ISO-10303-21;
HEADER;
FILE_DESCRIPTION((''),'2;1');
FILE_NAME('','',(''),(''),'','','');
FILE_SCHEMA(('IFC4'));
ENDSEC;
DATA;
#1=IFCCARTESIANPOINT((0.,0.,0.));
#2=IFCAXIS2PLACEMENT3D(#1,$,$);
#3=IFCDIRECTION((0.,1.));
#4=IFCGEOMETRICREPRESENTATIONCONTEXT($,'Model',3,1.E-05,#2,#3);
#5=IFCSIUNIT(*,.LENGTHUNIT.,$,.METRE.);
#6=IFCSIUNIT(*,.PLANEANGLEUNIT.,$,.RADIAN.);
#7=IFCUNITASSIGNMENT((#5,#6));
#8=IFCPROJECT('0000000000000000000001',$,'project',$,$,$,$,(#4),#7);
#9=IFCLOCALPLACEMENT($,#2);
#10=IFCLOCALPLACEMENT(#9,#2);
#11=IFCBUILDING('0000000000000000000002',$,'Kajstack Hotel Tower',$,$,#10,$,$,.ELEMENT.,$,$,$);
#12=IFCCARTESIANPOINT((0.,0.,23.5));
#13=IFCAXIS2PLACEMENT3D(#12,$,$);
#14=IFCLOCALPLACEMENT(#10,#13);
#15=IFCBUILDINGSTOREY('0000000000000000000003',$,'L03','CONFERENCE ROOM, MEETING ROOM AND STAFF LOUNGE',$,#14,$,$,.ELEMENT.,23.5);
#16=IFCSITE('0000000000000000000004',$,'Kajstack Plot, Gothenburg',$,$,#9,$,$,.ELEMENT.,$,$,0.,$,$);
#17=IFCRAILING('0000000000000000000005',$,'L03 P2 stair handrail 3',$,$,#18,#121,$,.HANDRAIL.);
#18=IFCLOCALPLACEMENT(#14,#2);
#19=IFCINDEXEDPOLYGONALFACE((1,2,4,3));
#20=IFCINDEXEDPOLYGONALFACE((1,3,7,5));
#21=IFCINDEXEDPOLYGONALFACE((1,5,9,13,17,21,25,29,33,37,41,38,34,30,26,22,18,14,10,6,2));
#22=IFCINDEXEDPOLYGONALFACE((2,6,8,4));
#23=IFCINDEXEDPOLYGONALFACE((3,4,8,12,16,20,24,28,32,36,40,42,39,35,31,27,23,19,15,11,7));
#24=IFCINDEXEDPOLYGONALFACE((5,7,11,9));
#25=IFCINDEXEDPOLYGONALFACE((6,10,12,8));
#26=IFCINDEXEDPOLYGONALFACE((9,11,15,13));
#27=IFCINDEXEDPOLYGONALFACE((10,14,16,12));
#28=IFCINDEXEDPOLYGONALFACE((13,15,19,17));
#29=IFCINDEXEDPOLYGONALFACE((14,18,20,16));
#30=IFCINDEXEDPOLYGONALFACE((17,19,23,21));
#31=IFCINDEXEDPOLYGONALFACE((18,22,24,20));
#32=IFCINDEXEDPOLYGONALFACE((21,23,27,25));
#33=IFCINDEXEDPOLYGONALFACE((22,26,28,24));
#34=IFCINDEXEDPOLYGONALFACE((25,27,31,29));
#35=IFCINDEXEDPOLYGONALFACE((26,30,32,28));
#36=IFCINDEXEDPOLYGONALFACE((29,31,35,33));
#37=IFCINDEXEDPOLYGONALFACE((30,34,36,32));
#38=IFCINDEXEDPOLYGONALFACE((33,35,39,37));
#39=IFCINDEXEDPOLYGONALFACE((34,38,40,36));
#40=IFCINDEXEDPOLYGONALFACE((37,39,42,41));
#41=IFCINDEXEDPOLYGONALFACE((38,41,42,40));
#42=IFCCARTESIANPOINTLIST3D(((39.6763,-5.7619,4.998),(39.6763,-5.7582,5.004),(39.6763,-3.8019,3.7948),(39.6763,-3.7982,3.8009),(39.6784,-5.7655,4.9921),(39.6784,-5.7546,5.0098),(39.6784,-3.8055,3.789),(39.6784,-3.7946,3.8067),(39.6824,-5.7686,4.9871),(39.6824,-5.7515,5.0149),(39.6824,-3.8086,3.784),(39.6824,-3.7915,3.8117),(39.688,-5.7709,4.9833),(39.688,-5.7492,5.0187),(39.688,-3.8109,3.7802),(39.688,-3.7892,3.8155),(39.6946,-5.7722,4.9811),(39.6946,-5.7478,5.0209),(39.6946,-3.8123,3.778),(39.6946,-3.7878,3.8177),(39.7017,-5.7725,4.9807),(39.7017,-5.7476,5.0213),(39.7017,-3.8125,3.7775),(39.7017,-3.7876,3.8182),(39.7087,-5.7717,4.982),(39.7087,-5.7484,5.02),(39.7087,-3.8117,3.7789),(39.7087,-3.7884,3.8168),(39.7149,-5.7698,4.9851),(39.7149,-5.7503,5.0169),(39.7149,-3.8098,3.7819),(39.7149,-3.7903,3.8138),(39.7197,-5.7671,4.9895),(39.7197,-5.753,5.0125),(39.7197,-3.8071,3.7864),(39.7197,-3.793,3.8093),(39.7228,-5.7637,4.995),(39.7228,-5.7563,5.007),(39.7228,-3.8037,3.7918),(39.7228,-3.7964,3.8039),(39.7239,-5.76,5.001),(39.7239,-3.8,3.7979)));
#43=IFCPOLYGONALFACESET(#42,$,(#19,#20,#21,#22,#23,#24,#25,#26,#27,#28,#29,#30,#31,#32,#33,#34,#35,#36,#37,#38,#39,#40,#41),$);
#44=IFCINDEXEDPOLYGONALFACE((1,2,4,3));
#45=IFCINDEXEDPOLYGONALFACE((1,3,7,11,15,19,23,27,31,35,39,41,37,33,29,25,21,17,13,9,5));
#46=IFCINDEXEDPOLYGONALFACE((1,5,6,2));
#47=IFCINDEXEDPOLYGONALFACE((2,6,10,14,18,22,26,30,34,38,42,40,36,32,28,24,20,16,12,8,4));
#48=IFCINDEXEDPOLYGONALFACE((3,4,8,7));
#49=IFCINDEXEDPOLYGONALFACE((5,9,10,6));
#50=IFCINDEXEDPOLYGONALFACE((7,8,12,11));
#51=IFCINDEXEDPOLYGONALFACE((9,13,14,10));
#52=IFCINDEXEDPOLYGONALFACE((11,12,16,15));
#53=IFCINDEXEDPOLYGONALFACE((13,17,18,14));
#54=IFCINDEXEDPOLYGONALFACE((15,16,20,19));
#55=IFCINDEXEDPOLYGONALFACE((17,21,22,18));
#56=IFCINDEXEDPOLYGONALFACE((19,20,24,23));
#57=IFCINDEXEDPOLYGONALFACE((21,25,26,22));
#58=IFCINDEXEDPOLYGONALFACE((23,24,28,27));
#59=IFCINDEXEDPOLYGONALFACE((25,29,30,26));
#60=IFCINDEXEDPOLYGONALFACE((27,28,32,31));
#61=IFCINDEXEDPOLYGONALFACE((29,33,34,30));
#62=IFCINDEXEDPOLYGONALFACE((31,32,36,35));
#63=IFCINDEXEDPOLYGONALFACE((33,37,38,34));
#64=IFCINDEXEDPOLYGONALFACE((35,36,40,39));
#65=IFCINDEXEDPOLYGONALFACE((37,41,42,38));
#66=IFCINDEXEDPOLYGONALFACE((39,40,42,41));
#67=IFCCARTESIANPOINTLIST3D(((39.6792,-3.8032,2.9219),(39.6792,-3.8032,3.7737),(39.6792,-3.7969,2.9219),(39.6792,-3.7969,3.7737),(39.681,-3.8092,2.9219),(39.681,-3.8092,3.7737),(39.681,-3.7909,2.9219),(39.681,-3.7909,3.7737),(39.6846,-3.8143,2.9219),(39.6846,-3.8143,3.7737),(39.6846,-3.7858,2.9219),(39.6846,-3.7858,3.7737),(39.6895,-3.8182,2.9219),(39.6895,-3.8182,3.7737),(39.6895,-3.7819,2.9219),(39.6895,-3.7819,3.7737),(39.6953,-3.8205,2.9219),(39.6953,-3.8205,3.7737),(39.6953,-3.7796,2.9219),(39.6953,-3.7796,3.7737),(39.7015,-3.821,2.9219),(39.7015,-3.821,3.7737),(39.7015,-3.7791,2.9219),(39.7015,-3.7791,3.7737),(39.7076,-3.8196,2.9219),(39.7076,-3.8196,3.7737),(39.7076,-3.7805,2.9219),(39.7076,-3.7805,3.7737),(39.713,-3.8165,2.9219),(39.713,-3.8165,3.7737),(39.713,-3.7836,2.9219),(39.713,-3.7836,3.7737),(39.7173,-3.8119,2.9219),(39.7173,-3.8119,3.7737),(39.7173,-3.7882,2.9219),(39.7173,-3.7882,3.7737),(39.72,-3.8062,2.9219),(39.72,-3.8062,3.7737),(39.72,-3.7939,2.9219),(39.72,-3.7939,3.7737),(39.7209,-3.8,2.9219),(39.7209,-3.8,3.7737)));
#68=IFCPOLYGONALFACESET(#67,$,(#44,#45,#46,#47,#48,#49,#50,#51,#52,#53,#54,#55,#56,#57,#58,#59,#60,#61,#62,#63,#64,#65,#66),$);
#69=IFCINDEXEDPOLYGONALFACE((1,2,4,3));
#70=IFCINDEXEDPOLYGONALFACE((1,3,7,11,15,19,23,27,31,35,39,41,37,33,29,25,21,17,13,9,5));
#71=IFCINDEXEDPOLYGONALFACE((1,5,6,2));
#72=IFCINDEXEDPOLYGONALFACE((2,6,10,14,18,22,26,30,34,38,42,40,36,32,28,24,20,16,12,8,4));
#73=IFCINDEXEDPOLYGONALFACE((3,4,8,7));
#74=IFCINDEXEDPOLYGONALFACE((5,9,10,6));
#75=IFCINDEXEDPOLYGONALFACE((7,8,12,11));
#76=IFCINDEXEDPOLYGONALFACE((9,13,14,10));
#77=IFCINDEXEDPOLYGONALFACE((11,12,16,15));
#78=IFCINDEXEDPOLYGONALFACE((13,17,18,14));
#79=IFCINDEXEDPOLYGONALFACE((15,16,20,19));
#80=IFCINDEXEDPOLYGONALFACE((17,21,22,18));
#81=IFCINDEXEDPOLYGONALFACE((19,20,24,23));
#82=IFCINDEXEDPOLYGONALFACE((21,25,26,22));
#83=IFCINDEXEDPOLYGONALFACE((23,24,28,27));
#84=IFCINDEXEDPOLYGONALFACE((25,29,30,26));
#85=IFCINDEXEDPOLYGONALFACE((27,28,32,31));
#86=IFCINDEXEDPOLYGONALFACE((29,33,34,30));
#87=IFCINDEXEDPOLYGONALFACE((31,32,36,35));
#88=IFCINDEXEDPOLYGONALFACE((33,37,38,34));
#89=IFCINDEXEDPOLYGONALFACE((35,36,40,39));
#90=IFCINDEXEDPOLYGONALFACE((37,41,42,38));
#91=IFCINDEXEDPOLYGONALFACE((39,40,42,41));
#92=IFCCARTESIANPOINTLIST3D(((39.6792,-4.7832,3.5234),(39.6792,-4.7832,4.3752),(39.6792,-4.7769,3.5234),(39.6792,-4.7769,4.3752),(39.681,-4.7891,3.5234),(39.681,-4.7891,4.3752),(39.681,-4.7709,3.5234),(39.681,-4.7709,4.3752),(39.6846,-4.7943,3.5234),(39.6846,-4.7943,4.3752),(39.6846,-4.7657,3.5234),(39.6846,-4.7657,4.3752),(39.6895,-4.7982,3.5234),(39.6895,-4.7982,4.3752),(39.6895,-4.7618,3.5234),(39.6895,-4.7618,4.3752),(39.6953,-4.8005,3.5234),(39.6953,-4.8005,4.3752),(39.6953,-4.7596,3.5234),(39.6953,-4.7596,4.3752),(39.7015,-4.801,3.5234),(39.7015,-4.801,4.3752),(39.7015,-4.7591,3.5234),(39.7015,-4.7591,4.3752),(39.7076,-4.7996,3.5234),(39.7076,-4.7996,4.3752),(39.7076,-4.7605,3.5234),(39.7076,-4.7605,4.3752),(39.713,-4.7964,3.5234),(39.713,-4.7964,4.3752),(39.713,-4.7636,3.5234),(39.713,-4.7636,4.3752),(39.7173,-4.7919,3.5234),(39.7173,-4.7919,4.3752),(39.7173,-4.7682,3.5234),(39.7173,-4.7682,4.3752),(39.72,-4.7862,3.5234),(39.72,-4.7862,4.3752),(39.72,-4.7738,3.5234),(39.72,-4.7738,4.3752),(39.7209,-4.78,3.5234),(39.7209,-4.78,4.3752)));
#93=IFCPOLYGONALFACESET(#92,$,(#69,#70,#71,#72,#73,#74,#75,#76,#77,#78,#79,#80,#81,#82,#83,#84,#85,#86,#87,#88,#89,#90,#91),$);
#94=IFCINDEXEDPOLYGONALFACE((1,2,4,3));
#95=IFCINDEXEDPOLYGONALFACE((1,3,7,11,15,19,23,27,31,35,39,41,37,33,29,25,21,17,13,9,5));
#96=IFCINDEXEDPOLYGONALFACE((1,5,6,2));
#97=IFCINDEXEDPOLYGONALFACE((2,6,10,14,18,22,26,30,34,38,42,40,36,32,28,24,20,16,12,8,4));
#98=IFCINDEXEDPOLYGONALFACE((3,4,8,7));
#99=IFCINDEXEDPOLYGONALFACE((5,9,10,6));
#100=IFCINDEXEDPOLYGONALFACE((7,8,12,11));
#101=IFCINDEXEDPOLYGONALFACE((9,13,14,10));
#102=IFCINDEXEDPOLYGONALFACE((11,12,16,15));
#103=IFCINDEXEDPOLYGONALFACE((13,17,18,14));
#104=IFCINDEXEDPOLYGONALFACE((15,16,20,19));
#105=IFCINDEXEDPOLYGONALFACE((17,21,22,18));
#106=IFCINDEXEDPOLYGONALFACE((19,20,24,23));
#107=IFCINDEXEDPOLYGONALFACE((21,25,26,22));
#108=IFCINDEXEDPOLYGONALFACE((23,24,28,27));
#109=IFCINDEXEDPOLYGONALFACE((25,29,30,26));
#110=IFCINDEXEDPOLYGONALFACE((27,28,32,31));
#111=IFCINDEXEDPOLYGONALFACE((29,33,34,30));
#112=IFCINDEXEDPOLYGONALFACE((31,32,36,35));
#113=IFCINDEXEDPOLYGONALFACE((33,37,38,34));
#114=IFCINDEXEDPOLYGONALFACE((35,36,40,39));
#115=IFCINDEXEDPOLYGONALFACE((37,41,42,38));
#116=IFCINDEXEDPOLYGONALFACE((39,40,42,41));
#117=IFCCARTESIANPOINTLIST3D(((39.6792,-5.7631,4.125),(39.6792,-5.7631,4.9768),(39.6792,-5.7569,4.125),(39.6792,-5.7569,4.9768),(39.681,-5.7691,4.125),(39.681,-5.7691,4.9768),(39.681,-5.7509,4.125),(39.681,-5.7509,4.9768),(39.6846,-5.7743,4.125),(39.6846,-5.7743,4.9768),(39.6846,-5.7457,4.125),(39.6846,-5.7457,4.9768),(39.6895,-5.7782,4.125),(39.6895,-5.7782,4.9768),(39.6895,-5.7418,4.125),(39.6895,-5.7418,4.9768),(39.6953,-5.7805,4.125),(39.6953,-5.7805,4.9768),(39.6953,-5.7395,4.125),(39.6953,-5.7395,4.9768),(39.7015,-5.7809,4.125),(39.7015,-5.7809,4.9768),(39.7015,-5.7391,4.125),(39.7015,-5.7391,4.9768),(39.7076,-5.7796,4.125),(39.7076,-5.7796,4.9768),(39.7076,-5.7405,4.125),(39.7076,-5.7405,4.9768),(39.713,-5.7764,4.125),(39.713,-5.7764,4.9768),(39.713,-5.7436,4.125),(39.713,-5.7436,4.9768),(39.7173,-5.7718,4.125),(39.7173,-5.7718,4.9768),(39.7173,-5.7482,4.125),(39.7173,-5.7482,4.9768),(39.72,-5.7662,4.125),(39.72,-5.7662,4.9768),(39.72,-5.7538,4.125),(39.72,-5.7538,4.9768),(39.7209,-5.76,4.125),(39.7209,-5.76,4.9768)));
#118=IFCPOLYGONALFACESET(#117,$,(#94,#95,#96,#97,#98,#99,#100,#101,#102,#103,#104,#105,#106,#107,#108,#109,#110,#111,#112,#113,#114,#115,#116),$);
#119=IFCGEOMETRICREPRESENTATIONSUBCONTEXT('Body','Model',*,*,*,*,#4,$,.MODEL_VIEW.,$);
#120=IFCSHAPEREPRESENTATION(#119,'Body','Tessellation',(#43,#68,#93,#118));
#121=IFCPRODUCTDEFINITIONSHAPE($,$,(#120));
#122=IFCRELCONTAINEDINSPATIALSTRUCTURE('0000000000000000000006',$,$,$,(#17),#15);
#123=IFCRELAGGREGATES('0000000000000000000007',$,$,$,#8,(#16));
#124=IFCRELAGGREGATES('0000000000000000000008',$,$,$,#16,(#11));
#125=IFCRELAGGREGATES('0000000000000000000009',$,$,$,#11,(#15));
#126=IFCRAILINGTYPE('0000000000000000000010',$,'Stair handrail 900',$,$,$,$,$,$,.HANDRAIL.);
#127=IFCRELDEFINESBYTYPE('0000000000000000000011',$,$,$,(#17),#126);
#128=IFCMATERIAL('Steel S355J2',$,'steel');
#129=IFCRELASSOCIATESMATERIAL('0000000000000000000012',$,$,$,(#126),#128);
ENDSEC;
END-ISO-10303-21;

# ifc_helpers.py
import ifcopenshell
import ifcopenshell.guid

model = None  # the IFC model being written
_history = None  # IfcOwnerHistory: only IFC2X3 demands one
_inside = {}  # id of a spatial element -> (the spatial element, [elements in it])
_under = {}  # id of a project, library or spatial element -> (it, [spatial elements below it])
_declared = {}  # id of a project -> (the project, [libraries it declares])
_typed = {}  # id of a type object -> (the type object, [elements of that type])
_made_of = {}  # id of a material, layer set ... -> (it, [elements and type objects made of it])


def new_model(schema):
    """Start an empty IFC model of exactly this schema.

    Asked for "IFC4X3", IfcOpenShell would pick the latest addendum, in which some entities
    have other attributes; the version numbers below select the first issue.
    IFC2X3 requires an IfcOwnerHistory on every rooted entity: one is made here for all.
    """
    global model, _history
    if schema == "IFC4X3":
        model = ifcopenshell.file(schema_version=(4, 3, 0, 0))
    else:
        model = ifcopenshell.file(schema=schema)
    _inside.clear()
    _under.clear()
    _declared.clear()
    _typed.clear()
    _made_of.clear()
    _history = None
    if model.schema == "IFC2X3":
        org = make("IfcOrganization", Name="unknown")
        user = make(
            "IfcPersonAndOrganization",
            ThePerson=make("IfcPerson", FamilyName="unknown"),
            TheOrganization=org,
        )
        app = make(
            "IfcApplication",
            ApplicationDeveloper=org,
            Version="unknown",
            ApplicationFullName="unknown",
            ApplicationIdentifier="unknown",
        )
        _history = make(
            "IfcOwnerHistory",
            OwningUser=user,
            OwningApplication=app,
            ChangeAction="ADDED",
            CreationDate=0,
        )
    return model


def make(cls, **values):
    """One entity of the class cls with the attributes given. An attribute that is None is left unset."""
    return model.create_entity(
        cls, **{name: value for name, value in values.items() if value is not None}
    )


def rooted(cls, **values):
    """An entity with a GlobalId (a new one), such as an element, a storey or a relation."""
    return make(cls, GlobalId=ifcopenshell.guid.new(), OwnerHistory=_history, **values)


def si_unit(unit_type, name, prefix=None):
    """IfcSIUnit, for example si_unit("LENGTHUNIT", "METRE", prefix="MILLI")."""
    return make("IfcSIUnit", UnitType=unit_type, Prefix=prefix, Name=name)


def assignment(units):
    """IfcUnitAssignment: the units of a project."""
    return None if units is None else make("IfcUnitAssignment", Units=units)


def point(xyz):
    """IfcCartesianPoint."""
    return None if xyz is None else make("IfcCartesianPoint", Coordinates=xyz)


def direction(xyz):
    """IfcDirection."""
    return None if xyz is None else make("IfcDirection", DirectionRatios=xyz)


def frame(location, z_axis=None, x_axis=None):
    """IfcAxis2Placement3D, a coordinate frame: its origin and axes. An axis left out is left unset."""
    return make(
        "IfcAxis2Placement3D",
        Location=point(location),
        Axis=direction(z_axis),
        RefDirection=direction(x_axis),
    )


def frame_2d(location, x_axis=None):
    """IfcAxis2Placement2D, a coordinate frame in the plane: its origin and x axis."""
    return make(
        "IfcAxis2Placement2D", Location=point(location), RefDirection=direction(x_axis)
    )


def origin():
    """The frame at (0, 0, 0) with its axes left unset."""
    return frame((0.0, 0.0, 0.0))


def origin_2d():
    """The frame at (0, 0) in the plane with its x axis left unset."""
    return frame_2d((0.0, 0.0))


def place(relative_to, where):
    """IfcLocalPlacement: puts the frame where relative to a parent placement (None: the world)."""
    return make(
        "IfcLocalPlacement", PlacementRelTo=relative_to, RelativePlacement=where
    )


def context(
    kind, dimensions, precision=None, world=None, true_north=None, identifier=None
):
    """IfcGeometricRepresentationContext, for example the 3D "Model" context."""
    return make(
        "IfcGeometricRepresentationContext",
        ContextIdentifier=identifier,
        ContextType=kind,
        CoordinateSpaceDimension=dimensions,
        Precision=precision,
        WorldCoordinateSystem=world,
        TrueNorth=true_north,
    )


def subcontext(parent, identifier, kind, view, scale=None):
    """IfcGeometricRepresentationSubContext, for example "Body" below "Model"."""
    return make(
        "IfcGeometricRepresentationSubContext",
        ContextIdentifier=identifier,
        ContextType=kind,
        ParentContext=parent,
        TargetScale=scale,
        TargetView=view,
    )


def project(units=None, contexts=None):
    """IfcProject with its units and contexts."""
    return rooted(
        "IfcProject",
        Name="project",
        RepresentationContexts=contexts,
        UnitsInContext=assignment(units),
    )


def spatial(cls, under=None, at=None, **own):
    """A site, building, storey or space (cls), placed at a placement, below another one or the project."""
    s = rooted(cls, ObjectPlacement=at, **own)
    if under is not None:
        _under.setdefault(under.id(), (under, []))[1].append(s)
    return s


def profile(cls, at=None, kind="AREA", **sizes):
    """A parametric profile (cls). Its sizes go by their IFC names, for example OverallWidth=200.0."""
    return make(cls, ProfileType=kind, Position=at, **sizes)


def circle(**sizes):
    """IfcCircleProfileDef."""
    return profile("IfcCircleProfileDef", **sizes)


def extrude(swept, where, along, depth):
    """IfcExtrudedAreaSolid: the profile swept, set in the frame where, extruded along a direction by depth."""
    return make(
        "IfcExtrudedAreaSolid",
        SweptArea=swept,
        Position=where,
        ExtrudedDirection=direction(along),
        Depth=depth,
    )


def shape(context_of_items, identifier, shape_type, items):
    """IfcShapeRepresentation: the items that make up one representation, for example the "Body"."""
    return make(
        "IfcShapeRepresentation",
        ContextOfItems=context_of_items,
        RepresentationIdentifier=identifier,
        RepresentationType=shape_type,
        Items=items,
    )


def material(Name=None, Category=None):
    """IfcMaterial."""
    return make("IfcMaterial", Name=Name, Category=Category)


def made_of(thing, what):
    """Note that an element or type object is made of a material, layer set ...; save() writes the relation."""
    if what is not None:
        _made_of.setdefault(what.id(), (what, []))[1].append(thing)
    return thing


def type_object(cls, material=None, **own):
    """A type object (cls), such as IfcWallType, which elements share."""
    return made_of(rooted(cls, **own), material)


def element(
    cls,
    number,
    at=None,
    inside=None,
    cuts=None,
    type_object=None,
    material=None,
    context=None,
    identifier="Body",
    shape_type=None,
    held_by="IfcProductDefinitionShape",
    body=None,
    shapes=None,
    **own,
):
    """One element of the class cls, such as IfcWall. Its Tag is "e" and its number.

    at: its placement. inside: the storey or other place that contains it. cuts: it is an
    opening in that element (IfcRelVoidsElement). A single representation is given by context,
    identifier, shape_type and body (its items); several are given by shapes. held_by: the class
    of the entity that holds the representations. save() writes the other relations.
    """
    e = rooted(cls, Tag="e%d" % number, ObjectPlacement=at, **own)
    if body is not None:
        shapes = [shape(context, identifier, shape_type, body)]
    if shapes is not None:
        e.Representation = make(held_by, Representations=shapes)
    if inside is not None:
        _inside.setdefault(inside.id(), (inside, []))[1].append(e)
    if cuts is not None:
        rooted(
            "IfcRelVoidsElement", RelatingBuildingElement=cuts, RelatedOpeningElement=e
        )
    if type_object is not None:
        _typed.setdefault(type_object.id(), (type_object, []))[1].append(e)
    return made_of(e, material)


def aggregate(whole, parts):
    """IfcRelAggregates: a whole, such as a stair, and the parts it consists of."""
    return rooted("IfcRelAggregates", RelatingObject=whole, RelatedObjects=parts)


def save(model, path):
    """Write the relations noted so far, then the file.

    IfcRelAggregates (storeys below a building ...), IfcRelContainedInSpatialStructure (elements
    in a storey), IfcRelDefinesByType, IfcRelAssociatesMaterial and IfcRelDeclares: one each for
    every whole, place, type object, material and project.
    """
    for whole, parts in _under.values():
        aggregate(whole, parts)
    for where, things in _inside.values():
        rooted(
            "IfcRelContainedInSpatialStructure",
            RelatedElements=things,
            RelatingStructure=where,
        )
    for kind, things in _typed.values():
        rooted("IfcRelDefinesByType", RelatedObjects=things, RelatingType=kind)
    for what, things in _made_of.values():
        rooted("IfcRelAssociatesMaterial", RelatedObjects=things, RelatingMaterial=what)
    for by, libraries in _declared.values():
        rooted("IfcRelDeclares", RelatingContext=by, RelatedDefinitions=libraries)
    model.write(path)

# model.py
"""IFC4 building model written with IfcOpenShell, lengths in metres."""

from ifc_helpers import new_model, si_unit, direction, frame, origin, origin_2d, place, context, subcontext, project, spatial, circle, extrude, material, type_object, element, save


model = new_model("IFC4")

# Units and contexts
model_context = context("Model", 3, precision=1e-05, world=origin(), true_north=direction((0.0, 1.0)))
body_context = subcontext(model_context, "Body", "Model", "MODEL_VIEW")
ifc_project = project(units=[si_unit("LENGTHUNIT", "METRE"), si_unit("PLANEANGLEUNIT", "RADIAN")], contexts=[model_context])

# Site, building, storey
site_placement = place(None, origin())
site = spatial("IfcSite", under=ifc_project, at=site_placement, Name="Kajstack Plot, Gothenburg", CompositionType="ELEMENT", RefElevation=0.0)
building_placement = place(site_placement, origin())
building = spatial("IfcBuilding", under=site, at=building_placement, Name="Kajstack Hotel Tower", CompositionType="ELEMENT")
storey_placement = place(building_placement, frame((0.0, 0.0, 23.5)))
storey = spatial("IfcBuildingStorey", under=building, at=storey_placement, Name="L03", Description="CONFERENCE ROOM, MEETING ROOM AND STAFF LOUNGE", CompositionType="ELEMENT", Elevation=23.5)

# Railing
ifc_material_1 = material(Name="Steel S355J2", Category="steel")
railing_type_1 = type_object("IfcRailingType", Name="Stair handrail 900", PredefinedType="HANDRAIL", material=ifc_material_1)
railing_1_placement = place(storey_placement, frame((39.7, -3.8, 2.9219)))
element("IfcRailing", 1, at=railing_1_placement, inside=storey, type_object=railing_type_1, Name="L03 P2 stair handrail 3", PredefinedType="HANDRAIL", context=body_context, shape_type="SweptSolid", body=[
    extrude(circle(Radius=0.0239, at=origin_2d()), frame((0.0, 0.0, 0.876), z_axis=(0.0, -0.852241, 0.523149), x_axis=(1.0, 0.0, 0.0)), (0.0, 0.0, 1.0), 2.2998),
    extrude(circle(Radius=0.021, at=origin_2d()), origin(), (0.0, 0.0, 1.0), 0.8518),
    extrude(circle(Radius=0.021, at=origin_2d()), frame((0.0, -0.98, 0.6016)), (0.0, 0.0, 1.0), 0.8518),
    extrude(circle(Radius=0.021, at=origin_2d()), frame((0.0, -1.96, 1.2031)), (0.0, 0.0, 1.0), 0.8518),
])

save(model, "model.ifc")
